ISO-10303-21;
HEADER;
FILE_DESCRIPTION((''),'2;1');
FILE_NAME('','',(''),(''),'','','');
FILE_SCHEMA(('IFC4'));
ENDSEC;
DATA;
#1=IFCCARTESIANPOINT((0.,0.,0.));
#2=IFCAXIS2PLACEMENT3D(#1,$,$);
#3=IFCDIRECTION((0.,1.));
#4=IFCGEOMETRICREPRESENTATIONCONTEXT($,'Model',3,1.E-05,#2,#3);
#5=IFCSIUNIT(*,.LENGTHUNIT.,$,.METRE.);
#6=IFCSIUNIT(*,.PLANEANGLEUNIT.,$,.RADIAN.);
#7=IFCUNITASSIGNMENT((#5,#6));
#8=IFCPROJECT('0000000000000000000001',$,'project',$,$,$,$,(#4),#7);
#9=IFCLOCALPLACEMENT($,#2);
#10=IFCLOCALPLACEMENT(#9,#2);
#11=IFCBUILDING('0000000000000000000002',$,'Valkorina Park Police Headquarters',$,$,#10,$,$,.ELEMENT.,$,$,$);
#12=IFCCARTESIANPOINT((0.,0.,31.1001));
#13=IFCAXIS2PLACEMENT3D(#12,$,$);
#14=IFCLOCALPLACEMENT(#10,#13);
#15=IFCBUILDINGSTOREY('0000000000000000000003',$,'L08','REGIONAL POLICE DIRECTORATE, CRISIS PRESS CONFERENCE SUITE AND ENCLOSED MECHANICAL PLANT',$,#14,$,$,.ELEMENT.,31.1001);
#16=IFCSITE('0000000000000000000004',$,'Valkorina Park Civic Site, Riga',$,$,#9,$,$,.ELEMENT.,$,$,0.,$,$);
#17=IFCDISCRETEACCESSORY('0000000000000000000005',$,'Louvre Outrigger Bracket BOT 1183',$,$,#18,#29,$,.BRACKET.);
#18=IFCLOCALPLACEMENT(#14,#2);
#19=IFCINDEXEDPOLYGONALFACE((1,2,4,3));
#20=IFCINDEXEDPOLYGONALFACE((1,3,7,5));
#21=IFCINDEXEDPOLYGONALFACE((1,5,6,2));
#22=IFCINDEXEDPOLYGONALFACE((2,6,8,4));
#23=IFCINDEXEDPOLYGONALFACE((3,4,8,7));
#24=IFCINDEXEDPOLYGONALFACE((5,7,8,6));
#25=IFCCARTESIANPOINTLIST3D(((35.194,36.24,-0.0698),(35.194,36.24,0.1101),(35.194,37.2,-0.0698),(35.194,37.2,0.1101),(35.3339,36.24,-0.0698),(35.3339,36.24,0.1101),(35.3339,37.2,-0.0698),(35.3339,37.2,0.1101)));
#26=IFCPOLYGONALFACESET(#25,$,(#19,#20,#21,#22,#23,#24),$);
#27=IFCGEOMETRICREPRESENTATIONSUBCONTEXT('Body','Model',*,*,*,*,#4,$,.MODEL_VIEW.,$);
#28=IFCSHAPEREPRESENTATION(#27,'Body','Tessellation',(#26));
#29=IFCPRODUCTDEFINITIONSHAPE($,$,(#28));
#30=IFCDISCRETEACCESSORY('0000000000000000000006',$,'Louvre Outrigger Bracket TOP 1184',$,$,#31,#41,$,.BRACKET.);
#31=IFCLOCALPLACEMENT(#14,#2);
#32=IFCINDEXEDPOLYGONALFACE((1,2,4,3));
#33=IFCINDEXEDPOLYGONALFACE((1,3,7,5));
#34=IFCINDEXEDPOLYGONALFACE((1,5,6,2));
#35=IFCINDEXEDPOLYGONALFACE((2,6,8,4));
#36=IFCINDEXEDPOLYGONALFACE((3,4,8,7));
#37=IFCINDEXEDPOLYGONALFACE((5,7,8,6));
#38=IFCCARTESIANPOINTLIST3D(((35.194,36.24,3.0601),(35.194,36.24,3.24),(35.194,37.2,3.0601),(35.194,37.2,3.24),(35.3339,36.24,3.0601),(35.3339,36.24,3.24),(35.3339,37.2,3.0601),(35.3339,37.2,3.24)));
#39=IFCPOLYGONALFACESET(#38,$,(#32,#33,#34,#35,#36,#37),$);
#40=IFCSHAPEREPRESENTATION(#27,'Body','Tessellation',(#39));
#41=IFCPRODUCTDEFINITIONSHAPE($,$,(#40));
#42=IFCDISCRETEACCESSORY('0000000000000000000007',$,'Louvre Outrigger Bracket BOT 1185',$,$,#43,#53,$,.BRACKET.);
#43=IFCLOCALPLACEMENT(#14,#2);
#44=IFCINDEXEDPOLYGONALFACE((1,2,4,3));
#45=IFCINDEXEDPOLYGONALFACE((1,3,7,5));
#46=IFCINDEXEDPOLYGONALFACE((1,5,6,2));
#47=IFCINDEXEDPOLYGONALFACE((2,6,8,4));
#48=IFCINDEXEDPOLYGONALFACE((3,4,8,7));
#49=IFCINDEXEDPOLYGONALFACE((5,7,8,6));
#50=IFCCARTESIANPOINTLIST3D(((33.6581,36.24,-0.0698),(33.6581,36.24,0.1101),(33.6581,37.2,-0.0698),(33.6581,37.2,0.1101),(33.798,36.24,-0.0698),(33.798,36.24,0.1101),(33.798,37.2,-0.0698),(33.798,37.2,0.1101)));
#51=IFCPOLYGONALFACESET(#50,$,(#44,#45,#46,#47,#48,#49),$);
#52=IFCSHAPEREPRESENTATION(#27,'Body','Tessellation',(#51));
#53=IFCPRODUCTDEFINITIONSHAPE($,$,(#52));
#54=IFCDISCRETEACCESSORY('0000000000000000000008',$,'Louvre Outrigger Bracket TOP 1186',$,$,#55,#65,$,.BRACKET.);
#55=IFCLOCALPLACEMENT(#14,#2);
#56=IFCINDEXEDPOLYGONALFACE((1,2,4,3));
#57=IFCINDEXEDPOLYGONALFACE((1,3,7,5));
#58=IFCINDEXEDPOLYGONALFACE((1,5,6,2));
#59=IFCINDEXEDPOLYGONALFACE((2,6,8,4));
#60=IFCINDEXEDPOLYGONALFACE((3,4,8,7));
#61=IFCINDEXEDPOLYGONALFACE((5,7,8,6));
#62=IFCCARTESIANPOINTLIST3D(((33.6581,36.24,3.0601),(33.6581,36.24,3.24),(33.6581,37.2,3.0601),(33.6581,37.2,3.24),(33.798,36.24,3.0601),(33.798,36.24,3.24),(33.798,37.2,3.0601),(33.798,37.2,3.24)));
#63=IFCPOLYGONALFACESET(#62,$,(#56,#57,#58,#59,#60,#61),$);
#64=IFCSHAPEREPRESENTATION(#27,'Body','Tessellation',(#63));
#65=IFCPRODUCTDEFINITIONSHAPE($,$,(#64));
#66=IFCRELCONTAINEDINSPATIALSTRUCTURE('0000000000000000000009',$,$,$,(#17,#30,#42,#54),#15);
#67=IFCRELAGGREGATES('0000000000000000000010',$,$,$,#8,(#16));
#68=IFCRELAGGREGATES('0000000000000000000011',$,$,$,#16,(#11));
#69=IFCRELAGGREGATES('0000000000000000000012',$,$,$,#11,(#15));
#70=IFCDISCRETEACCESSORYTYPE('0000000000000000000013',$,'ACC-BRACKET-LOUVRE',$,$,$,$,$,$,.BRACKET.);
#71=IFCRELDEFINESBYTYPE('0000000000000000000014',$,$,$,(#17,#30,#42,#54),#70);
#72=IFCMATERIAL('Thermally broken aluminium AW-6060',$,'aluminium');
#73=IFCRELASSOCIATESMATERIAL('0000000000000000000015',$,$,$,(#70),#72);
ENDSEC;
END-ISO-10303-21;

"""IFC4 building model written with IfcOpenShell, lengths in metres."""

from ifc_helpers import new_model, si_unit, direction, frame, origin, origin_2d, place, context, subcontext, project, spatial, rectangle, extrude, material, type_object, element, save


model = new_model("IFC4")

# Units and contexts
model_context = context("Model", 3, precision=1e-05, world=origin(), true_north=direction((0.0, 1.0)))
body_context = subcontext(model_context, "Body", "Model", "MODEL_VIEW")
ifc_project = project(units=[si_unit("LENGTHUNIT", "METRE"), si_unit("PLANEANGLEUNIT", "RADIAN")], contexts=[model_context])

# Site, building, storey
site_placement = place(None, origin())
site = spatial("IfcSite", under=ifc_project, at=site_placement, Name="Valkorina Park Civic Site, Riga", CompositionType="ELEMENT", RefElevation=0.0)
building_placement = place(site_placement, origin())
building = spatial("IfcBuilding", under=site, at=building_placement, Name="Valkorina Park Police Headquarters", CompositionType="ELEMENT")
storey_placement = place(building_placement, frame((0.0, 0.0, 31.1001)))
storey = spatial("IfcBuildingStorey", under=building, at=storey_placement, Name="L08", Description="REGIONAL POLICE DIRECTORATE, CRISIS PRESS CONFERENCE SUITE AND ENCLOSED MECHANICAL PLANT", CompositionType="ELEMENT", Elevation=31.1001)

# Shared definitions
ifc_material_1 = material(Name="Thermally broken aluminium AW-6060", Category="aluminium")

# Discrete accessories
discrete_accessory_type = type_object("IfcDiscreteAccessoryType", Name="ACC-BRACKET-LOUVRE", PredefinedType="BRACKET", material=ifc_material_1)
for number, where, z_axis, x_axis, name in (
    (1, (35.2639, 36.72, -0.0698), (0.0, 0.0, 1.0), (0.0, -1.0, 0.0), "Louvre Outrigger Bracket BOT 1183"),
    (2, (35.2639, 36.72, 3.0601), (0.0, 0.0, 1.0), (0.0, -1.0, 0.0), "Louvre Outrigger Bracket TOP 1184"),
    (3, (33.728, 36.72, -0.0698), (0.0, 0.0, 1.0), (0.0, -1.0, 0.0), "Louvre Outrigger Bracket BOT 1185"),
    (4, (33.728, 36.72, 3.0601), (0.0, 0.0, 1.0), (0.0, -1.0, 0.0), "Louvre Outrigger Bracket TOP 1186"),
):
    element("IfcDiscreteAccessory", number, at=place(storey_placement, frame(where, z_axis=z_axis, x_axis=x_axis)), inside=storey, type_object=discrete_accessory_type, Name=name, PredefinedType="BRACKET", context=body_context, shape_type="SweptSolid", body=[
        extrude(rectangle(XDim=0.96, YDim=0.1399, at=origin_2d()), origin(), (0.0, 0.0, 1.0), 0.1799),
    ])

save(model, "model.ifc")
